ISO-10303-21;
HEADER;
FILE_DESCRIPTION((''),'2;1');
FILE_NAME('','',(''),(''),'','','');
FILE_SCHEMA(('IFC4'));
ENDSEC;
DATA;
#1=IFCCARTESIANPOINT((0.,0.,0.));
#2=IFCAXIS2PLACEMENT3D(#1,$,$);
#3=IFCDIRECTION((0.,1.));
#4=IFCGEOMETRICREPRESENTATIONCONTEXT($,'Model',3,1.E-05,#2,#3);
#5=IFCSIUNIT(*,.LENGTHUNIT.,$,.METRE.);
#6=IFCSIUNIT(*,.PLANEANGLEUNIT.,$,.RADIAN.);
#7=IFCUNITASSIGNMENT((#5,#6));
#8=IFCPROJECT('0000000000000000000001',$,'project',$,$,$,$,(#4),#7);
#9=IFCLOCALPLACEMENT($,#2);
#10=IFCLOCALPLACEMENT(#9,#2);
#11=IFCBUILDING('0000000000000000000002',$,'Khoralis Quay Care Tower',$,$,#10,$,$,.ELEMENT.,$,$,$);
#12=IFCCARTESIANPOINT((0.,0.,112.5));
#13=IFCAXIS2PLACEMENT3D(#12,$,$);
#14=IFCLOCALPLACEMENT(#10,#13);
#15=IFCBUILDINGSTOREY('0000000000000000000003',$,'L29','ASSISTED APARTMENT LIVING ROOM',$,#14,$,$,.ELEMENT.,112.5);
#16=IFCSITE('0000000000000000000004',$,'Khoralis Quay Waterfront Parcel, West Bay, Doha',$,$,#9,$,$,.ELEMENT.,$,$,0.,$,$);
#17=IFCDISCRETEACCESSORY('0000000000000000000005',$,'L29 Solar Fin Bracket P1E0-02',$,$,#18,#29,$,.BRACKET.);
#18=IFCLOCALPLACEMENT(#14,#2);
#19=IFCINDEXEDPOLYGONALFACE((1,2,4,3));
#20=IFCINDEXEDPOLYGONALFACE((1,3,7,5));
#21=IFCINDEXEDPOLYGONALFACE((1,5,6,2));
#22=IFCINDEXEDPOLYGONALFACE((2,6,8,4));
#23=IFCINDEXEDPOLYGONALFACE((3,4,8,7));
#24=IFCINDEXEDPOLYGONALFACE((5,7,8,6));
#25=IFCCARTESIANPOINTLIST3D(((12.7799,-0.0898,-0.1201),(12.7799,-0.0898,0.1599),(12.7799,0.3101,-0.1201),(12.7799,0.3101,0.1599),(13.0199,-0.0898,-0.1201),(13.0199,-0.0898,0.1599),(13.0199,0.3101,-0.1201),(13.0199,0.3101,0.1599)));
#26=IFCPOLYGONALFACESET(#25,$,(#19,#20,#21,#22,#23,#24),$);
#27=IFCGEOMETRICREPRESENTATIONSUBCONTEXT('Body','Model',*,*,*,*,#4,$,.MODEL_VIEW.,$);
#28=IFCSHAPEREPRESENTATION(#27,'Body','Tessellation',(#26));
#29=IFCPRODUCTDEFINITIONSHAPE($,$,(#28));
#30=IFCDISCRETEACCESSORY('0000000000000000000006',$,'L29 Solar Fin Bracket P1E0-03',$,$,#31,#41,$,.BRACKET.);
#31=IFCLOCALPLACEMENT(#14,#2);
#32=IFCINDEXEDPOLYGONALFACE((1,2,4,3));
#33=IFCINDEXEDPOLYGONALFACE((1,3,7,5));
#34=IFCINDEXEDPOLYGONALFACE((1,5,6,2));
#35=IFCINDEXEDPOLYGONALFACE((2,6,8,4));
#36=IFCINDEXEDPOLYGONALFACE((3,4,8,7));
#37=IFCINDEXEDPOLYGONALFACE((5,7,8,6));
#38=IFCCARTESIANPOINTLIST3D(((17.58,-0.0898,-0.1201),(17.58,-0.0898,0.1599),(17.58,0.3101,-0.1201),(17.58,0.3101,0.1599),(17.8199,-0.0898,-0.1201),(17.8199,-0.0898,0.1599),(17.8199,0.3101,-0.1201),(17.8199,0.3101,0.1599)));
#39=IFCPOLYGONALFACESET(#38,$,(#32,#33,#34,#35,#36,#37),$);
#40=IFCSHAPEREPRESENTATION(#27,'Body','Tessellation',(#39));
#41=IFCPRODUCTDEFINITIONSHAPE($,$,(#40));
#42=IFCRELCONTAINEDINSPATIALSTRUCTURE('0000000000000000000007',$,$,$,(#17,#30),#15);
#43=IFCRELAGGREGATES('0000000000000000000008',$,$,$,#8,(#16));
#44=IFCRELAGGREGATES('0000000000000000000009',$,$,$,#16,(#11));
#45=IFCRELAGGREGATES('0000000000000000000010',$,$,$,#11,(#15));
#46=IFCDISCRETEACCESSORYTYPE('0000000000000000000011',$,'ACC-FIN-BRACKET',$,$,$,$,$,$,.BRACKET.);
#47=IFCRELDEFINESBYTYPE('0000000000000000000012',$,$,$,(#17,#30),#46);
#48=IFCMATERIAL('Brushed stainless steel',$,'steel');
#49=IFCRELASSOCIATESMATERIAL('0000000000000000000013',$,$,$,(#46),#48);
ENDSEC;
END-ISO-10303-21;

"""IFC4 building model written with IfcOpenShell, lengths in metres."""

from ifc_helpers import new_model, si_unit, direction, frame, origin, origin_2d, place, context, subcontext, project, spatial, rectangle, extrude, source, transform, mapped, material, type_object, element, save


model = new_model("IFC4")

# Units and contexts
model_context = context("Model", 3, precision=1e-05, world=origin(), true_north=direction((0.0, 1.0)))
body_context = subcontext(model_context, "Body", "Model", "MODEL_VIEW")
ifc_project = project(units=[si_unit("LENGTHUNIT", "METRE"), si_unit("PLANEANGLEUNIT", "RADIAN")], contexts=[model_context])

# Site, building, storey
site_placement = place(None, origin())
site = spatial("IfcSite", under=ifc_project, at=site_placement, Name="Khoralis Quay Waterfront Parcel, West Bay, Doha", CompositionType="ELEMENT", RefElevation=0.0)
building_placement = place(site_placement, origin())
building = spatial("IfcBuilding", under=site, at=building_placement, Name="Khoralis Quay Care Tower", CompositionType="ELEMENT")
storey_placement = place(building_placement, frame((0.0, 0.0, 112.5)))
storey = spatial("IfcBuildingStorey", under=building, at=storey_placement, Name="L29", Description="ASSISTED APARTMENT LIVING ROOM", CompositionType="ELEMENT", Elevation=112.5)

# Discrete accessories
ifc_material_1 = material(Name="Brushed stainless steel", Category="steel")
discrete_accessory_type = type_object("IfcDiscreteAccessoryType", Name="ACC-FIN-BRACKET", PredefinedType="BRACKET", material=ifc_material_1)
shared_shape_1 = source(origin(), body_context, "Body", "SweptSolid", [
    extrude(rectangle(XDim=0.3999, YDim=0.24, at=origin_2d()), origin(), (0.0, 0.0, 1.0), 0.28),
])
for number, where, z_axis, x_axis, name in (
    (1, (12.8999, 0.1101, -0.1201), (0.0, 0.0, 1.0), (0.0, -1.0, 0.0), "L29 Solar Fin Bracket P1E0-02"),
    (2, (17.7, 0.1101, -0.1201), (0.0, 0.0, 1.0), (0.0, -1.0, 0.0), "L29 Solar Fin Bracket P1E0-03"),
):
    element("IfcDiscreteAccessory", number, at=place(storey_placement, frame(where, z_axis=z_axis, x_axis=x_axis)), inside=storey, type_object=discrete_accessory_type, Name=name, PredefinedType="BRACKET", context=body_context, shape_type="MappedRepresentation", body=[
        mapped(shared_shape_1, transform((0.0, 0.0, 0.0), scale=1.0)),
    ])

save(model, "model.ifc")
